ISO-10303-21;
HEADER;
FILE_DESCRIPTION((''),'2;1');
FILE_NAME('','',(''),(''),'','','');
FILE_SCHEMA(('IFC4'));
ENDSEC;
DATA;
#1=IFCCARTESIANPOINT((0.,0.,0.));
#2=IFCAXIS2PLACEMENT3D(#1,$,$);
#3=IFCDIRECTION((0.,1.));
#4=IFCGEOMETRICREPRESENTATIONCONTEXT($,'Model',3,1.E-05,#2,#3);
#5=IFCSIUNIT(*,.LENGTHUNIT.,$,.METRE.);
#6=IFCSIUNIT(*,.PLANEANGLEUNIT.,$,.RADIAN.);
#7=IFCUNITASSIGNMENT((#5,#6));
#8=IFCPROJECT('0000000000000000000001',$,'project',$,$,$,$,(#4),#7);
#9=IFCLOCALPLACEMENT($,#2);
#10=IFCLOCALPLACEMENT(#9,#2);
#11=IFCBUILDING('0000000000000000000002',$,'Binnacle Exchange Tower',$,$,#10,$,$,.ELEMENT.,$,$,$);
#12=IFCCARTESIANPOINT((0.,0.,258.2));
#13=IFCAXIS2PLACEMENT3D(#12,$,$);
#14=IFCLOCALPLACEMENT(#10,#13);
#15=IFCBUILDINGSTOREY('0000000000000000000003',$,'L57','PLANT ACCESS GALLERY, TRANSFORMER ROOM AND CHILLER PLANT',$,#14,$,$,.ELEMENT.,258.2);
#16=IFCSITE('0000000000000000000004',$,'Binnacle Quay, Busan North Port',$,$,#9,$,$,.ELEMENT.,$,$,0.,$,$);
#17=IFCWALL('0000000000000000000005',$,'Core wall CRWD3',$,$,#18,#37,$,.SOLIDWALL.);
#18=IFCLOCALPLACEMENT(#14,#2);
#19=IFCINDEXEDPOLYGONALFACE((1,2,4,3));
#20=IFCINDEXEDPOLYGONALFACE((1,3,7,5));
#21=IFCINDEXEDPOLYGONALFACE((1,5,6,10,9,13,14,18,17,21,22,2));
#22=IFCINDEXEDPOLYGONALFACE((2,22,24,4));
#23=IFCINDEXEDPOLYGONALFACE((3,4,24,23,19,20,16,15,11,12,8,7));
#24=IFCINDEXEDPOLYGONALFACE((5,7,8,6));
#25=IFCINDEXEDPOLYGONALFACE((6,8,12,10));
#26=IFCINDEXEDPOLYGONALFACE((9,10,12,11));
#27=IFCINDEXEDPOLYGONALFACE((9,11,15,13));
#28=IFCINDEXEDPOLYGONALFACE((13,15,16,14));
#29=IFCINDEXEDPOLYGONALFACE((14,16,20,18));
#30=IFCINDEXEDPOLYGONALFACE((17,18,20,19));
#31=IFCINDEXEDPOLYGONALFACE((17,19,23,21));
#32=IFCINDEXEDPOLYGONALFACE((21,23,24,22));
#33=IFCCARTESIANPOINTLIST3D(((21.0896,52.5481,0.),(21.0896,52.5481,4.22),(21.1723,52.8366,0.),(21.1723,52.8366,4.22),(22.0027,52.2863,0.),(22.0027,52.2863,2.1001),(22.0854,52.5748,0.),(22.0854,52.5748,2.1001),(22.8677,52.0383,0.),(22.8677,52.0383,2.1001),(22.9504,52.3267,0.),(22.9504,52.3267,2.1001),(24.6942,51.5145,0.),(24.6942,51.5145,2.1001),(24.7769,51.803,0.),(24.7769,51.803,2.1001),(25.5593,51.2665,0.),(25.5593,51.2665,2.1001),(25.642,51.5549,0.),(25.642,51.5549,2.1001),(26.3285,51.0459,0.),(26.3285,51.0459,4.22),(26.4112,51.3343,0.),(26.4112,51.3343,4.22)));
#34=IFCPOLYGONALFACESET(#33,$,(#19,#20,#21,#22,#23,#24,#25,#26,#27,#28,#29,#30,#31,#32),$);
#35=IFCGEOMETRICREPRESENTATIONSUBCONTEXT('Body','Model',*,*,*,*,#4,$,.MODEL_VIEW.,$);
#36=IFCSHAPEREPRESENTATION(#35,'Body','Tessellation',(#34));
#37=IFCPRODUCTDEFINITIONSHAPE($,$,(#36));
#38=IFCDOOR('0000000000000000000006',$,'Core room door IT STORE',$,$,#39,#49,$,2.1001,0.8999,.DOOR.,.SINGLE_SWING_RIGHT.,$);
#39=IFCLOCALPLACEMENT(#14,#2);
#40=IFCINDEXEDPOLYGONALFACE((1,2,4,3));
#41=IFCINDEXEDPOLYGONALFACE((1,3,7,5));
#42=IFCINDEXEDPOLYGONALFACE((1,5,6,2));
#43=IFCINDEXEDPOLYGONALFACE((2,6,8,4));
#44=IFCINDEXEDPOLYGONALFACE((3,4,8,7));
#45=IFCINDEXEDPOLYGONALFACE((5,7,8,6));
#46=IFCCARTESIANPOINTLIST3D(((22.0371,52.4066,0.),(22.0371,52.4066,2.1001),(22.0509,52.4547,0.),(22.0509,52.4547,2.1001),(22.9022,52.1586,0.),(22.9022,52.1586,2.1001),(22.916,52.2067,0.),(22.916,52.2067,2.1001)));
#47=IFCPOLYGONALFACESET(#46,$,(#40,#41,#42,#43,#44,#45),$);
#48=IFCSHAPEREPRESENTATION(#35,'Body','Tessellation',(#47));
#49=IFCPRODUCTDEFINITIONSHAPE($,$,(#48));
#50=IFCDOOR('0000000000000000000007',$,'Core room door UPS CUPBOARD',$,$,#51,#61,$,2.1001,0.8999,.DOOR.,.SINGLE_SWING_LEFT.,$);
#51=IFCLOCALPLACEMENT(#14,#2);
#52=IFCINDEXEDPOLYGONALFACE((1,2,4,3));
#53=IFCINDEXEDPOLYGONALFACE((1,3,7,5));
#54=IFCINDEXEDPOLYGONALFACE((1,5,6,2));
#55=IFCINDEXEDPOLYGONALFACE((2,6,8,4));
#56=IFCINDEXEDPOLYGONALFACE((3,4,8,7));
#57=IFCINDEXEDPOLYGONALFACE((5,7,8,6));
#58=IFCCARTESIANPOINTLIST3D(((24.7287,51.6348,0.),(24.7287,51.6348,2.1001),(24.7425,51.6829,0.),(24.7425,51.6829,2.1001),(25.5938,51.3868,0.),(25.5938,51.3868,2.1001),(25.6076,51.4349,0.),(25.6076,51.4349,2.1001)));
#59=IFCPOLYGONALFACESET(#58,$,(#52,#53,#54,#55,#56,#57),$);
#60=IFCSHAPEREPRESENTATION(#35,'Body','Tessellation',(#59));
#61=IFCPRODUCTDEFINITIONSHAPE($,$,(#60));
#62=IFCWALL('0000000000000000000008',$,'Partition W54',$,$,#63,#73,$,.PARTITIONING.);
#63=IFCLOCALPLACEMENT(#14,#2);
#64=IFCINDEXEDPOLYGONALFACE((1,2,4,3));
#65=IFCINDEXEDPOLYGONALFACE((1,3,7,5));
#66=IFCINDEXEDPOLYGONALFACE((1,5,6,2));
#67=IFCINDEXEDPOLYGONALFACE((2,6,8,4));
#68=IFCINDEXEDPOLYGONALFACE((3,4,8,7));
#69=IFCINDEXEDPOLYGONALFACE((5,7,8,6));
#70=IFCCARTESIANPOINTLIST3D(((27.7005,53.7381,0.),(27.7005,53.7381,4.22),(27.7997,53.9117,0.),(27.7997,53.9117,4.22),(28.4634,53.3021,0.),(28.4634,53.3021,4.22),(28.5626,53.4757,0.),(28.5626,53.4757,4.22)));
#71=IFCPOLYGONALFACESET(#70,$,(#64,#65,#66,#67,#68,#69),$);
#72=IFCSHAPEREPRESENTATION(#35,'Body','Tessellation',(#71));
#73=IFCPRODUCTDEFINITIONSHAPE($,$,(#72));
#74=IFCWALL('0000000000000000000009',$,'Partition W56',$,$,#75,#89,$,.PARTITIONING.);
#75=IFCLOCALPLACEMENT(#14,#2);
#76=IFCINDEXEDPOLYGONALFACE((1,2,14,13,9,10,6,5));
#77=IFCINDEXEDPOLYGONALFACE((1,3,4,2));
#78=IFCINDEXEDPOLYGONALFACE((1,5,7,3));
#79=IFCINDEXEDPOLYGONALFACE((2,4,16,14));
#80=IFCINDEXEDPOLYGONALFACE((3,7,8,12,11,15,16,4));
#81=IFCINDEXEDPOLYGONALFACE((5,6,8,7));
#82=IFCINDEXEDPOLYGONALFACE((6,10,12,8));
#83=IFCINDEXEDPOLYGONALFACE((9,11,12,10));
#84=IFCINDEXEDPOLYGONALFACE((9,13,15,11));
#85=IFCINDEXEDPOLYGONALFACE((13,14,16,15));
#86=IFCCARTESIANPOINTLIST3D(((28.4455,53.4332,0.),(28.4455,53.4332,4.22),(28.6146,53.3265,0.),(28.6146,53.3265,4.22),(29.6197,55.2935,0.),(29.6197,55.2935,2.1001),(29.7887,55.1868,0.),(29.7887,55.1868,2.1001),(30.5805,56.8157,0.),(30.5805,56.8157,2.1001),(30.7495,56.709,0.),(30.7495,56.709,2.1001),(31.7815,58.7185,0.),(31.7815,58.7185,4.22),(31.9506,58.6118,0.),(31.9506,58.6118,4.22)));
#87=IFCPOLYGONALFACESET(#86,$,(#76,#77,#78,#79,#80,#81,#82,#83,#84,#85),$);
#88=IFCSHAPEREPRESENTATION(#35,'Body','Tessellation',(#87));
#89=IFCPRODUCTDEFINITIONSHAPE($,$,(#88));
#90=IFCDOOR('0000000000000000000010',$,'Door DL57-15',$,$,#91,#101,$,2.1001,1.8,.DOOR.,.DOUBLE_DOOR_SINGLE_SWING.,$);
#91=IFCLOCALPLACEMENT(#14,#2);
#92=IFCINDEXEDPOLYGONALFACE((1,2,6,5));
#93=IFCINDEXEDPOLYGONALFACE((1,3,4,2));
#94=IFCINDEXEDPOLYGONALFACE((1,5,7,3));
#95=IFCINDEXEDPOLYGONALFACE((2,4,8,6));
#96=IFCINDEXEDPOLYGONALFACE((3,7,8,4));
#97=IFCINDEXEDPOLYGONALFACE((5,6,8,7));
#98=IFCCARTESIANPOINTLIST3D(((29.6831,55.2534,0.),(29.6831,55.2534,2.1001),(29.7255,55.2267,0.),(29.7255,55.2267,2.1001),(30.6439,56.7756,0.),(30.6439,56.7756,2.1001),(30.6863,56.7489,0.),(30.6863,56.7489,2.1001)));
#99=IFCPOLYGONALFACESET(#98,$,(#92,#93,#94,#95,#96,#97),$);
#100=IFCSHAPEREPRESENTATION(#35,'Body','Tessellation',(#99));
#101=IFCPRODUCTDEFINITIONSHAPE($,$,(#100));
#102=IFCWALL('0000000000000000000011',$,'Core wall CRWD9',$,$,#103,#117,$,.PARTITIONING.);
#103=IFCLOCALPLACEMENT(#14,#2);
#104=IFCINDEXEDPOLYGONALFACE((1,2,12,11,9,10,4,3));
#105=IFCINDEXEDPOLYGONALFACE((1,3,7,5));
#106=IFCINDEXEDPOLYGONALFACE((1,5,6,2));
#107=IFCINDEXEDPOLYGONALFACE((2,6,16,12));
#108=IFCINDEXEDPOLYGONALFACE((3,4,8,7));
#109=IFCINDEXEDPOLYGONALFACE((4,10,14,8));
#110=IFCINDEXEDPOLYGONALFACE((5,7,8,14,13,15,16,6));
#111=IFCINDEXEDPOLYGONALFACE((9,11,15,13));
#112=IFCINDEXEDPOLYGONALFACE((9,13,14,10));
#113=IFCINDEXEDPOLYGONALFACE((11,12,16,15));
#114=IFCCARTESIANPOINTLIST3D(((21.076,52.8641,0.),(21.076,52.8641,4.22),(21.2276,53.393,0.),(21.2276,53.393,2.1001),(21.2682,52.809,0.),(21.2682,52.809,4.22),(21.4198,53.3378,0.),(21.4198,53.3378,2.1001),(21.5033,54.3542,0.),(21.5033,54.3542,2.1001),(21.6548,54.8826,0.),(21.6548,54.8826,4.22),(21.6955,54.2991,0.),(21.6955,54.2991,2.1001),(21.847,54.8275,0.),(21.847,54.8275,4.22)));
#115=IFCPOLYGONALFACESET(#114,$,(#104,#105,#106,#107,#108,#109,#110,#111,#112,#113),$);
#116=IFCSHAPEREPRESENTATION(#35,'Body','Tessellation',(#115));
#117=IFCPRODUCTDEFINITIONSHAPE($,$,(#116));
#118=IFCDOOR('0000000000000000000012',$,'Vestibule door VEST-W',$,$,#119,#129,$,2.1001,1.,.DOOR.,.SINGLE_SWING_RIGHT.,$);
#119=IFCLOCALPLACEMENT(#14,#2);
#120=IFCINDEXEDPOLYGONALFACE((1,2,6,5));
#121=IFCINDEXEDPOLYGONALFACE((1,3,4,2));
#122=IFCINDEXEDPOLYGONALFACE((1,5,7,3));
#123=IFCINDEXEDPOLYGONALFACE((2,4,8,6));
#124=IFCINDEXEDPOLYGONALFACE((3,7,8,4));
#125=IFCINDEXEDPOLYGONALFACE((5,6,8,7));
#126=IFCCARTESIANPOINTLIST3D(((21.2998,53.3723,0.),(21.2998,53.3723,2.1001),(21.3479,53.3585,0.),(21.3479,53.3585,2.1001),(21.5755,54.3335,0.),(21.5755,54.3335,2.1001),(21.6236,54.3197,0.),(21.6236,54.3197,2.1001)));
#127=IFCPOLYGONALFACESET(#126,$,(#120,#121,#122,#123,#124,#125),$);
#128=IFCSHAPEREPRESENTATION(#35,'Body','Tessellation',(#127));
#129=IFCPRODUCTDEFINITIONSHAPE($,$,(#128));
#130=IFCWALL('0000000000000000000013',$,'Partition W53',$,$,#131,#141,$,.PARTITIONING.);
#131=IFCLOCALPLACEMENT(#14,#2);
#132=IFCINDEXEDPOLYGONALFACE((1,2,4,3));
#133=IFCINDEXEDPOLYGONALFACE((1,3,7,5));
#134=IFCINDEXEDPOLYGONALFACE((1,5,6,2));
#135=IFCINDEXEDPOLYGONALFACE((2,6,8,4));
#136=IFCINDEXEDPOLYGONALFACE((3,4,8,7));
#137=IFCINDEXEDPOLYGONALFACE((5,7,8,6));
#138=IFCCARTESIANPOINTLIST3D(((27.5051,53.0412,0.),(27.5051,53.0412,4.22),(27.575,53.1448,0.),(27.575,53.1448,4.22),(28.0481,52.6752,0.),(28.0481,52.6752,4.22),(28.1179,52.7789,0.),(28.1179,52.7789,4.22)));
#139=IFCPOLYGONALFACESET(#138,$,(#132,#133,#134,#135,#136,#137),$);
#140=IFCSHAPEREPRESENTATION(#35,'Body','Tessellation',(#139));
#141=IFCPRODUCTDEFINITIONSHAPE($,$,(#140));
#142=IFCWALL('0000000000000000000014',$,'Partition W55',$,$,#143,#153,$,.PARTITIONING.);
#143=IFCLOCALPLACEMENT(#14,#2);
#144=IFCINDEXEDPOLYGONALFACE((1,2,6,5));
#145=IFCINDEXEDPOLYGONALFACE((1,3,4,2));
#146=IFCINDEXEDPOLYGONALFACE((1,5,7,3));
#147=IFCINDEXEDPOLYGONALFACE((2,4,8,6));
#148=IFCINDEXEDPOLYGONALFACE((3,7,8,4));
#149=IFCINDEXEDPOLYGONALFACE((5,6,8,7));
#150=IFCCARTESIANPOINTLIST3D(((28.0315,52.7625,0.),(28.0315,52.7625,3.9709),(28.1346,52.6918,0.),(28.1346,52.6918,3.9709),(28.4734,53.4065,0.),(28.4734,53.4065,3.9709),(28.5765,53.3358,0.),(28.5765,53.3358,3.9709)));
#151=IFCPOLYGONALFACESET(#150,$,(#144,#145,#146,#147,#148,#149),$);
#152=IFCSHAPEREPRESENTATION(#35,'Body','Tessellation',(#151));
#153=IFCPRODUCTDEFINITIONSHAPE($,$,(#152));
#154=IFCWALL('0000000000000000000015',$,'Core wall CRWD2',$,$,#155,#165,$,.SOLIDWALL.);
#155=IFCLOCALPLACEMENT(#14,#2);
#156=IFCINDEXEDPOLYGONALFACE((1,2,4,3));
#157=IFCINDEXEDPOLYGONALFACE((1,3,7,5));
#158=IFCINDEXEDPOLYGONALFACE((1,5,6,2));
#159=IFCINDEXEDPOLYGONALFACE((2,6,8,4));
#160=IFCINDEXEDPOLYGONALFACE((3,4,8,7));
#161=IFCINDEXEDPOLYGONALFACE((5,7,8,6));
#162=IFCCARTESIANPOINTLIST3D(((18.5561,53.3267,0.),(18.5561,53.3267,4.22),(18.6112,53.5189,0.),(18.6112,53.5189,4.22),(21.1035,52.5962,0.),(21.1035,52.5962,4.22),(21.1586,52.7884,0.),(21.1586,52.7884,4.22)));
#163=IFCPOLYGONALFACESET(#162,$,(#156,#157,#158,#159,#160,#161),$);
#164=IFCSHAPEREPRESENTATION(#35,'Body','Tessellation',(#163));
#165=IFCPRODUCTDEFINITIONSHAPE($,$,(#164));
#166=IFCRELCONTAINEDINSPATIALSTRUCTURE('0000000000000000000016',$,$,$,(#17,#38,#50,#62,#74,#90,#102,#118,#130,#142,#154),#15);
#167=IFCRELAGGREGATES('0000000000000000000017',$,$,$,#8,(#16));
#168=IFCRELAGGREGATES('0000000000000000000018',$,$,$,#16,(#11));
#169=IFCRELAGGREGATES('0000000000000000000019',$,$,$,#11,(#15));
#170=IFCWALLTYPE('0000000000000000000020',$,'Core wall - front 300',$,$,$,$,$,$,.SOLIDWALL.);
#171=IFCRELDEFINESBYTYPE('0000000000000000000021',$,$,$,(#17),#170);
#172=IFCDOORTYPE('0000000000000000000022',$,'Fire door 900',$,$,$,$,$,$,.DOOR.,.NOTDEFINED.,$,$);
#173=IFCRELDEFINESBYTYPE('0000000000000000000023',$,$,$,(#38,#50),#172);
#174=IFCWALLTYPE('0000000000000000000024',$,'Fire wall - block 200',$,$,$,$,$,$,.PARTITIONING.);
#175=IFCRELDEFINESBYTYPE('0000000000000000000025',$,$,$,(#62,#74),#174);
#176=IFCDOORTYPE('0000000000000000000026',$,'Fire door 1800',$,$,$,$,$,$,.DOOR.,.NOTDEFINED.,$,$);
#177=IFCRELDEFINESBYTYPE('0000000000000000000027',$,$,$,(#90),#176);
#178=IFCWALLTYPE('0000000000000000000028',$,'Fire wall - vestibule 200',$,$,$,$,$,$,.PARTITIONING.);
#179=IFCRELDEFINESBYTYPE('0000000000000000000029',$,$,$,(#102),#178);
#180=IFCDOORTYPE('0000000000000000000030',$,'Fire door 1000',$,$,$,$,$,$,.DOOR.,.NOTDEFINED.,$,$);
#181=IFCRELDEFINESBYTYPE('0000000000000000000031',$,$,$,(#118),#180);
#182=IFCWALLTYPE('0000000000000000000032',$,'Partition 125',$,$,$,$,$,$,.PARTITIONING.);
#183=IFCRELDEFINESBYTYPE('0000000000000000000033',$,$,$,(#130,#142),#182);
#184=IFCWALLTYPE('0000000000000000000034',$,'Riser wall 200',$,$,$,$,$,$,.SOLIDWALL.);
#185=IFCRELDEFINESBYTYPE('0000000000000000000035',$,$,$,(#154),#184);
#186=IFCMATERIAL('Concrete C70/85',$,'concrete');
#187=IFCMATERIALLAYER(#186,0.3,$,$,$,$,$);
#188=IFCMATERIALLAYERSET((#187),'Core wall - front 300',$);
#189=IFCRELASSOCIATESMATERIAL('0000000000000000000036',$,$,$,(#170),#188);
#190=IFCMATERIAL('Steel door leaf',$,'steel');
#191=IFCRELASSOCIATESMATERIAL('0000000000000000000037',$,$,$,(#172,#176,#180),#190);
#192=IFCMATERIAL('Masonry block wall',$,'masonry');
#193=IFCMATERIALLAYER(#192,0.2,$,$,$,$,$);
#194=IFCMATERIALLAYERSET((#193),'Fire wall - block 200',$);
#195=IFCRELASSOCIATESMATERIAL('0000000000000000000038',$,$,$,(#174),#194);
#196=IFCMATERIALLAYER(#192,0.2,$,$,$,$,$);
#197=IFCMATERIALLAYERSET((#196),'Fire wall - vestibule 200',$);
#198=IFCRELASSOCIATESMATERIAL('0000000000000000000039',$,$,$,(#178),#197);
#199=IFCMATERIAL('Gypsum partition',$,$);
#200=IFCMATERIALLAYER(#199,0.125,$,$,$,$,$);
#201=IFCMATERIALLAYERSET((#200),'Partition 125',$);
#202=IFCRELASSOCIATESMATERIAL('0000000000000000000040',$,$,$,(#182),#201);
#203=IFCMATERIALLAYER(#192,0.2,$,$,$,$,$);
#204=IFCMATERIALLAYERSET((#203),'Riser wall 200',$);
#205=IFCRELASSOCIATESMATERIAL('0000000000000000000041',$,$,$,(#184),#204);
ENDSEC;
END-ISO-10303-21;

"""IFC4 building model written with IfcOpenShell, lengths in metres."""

from ifc_helpers import new_model, si_unit, direction, frame, frame_2d, origin, place, context, subcontext, project, spatial, rectangle, extrude, material, layer, layer_set, type_object, element, fill, save


model = new_model("IFC4")

# Units and contexts
model_context = context("Model", 3, precision=1e-05, world=origin(), true_north=direction((0.0, 1.0)))
body_context = subcontext(model_context, "Body", "Model", "MODEL_VIEW")
ifc_project = project(units=[si_unit("LENGTHUNIT", "METRE"), si_unit("PLANEANGLEUNIT", "RADIAN")], contexts=[model_context])

# Site, building, storey
site_placement = place(None, origin())
site = spatial("IfcSite", under=ifc_project, at=site_placement, Name="Binnacle Quay, Busan North Port", CompositionType="ELEMENT", RefElevation=0.0)
building_placement = place(site_placement, origin())
building = spatial("IfcBuilding", under=site, at=building_placement, Name="Binnacle Exchange Tower", CompositionType="ELEMENT")
storey_placement = place(building_placement, frame((0.0, 0.0, 258.2)))
storey = spatial("IfcBuildingStorey", under=building, at=storey_placement, Name="L57", Description="PLANT ACCESS GALLERY, TRANSFORMER ROOM AND CHILLER PLANT", CompositionType="ELEMENT", Elevation=258.2)

# Wall, openings, doors
ifc_material_1 = material(Name="Concrete C70/85", Category="concrete")
ifc_layer_1 = layer(ifc_material_1, 0.3)
ifc_layer_set_1 = layer_set([ifc_layer_1], Name="Core wall - front 300")
wall_type_1 = type_object("IfcWallType", Name="Core wall - front 300", PredefinedType="SOLIDWALL", material=ifc_layer_set_1)
wall_1_placement = place(storey_placement, frame((21.1309, 52.6924, 0.0), z_axis=(0.0, 0.0, 1.0), x_axis=(0.961261, -0.275638, 0.0)))
wall_1 = element("IfcWall", 1, at=wall_1_placement, inside=storey, type_object=wall_type_1, Name="Core wall CRWD3", PredefinedType="SOLIDWALL", context=body_context, shape_type="SweptSolid", body=[
    extrude(rectangle(XDim=5.45, YDim=0.3, at=frame_2d((2.7251, 0.0))), origin(), (0.0, 0.0, 1.0), 4.22),
])
opening_1_placement = place(wall_1_placement, frame((0.95, 0.0, 0.0)))
opening_1 = element("IfcOpeningElement", 2, at=opening_1_placement, cuts=wall_1, PredefinedType="OPENING", context=body_context, shape_type="SweptSolid", body=[
    extrude(rectangle(XDim=0.8999, YDim=2.1001, at=frame_2d((0.45, 1.05))), frame((0.0, 0.1599, 0.0), z_axis=(0.0, -1.0, 0.0), x_axis=(1.0, 0.0, 0.0)), (0.0, 0.0, 1.0), 0.3201),
])
opening_2_placement = place(wall_1_placement, frame((3.75, 0.0, 0.0)))
opening_2 = element("IfcOpeningElement", 3, at=opening_2_placement, cuts=wall_1, PredefinedType="OPENING", context=body_context, shape_type="SweptSolid", body=[
    extrude(rectangle(XDim=0.8999, YDim=2.1001, at=frame_2d((0.45, 1.05))), frame((0.0, 0.1599, 0.0), z_axis=(0.0, -1.0, 0.0), x_axis=(1.0, 0.0, 0.0)), (0.0, 0.0, 1.0), 0.3201),
])
ifc_material_2 = material(Name="Steel door leaf", Category="steel")
door_type_1 = type_object("IfcDoorType", Name="Fire door 900", OperationType="NOTDEFINED", PredefinedType="DOOR", material=ifc_material_2)
door_1_placement = place(opening_1_placement, frame((0.8999, 0.0, 0.0), z_axis=(0.0, 0.0, 1.0), x_axis=(-1.0, 0.0, 0.0)))
door_1 = element("IfcDoor", 4, at=door_1_placement, inside=storey, type_object=door_type_1, Name="Core room door IT STORE", OperationType="SINGLE_SWING_RIGHT", OverallHeight=2.1001, OverallWidth=0.8999, PredefinedType="DOOR", context=body_context, shape_type="SweptSolid", body=[
    extrude(rectangle(XDim=0.8999, YDim=2.1001, at=frame_2d((0.45, 1.05))), frame((0.0, 0.0249, 0.0), z_axis=(0.0, -1.0, 0.0), x_axis=(1.0, 0.0, 0.0)), (0.0, 0.0, 1.0), 0.05),
])
fill(opening_1, door_1)
door_2_placement = place(opening_2_placement, frame((0.8999, 0.0, 0.0), z_axis=(0.0, 0.0, 1.0), x_axis=(-1.0, 0.0, 0.0)))
door_2 = element("IfcDoor", 5, at=door_2_placement, inside=storey, type_object=door_type_1, Name="Core room door UPS CUPBOARD", OperationType="SINGLE_SWING_LEFT", OverallHeight=2.1001, OverallWidth=0.8999, PredefinedType="DOOR", context=body_context, shape_type="SweptSolid", body=[
    extrude(rectangle(XDim=0.8999, YDim=2.1001, at=frame_2d((0.45, 1.05))), frame((0.0, 0.0249, 0.0), z_axis=(0.0, -1.0, 0.0), x_axis=(1.0, 0.0, 0.0)), (0.0, 0.0, 1.0), 0.05),
])
fill(opening_2, door_2)

# Wall
ifc_material_3 = material(Name="Masonry block wall", Category="masonry")
ifc_layer_2 = layer(ifc_material_3, 0.2)
ifc_layer_set_2 = layer_set([ifc_layer_2], Name="Fire wall - block 200")
wall_type_2 = type_object("IfcWallType", Name="Fire wall - block 200", PredefinedType="PARTITIONING", material=ifc_layer_set_2)
wall_2_placement = place(storey_placement, frame((27.75, 53.825, 0.0), z_axis=(0.0, 0.0, 1.0), x_axis=(0.868209, -0.496199, 0.0)))
element("IfcWall", 6, at=wall_2_placement, inside=storey, type_object=wall_type_2, Name="Partition W54", PredefinedType="PARTITIONING", context=body_context, shape_type="SweptSolid", body=[
    extrude(rectangle(XDim=0.8787, YDim=0.2, at=frame_2d((0.4395, 0.0))), origin(), (0.0, 0.0, 1.0), 4.22),
])

# Walls, openings, doors
wall_3_placement = place(storey_placement, frame((28.53, 53.3799, 0.0), z_axis=(0.0, 0.0, 1.0), x_axis=(0.533758, 0.845637, 0.0)))
wall_3 = element("IfcWall", 7, at=wall_3_placement, inside=storey, type_object=wall_type_2, Name="Partition W56", PredefinedType="PARTITIONING", context=body_context, shape_type="SweptSolid", body=[
    extrude(rectangle(XDim=6.25, YDim=0.2, at=frame_2d((3.125, 0.0))), origin(), (0.0, 0.0, 1.0), 4.22),
])
opening_3_placement = place(wall_3_placement, frame((2.2, 0.0, 0.0)))
opening_3 = element("IfcOpeningElement", 8, at=opening_3_placement, cuts=wall_3, PredefinedType="OPENING", context=body_context, shape_type="SweptSolid", body=[
    extrude(rectangle(XDim=1.8, YDim=2.1001, at=frame_2d((0.8999, 1.05))), frame((0.0, 0.1099, 0.0), z_axis=(0.0, -1.0, 0.0), x_axis=(1.0, 0.0, 0.0)), (0.0, 0.0, 1.0), 0.22),
])
door_type_2 = type_object("IfcDoorType", Name="Fire door 1800", OperationType="NOTDEFINED", PredefinedType="DOOR", material=ifc_material_2)
door_3_placement = place(opening_3_placement, origin())
door_3 = element("IfcDoor", 9, at=door_3_placement, inside=storey, type_object=door_type_2, Name="Door DL57-15", OperationType="DOUBLE_DOOR_SINGLE_SWING", OverallHeight=2.1001, OverallWidth=1.8, PredefinedType="DOOR", context=body_context, shape_type="SweptSolid", body=[
    extrude(rectangle(XDim=1.8, YDim=2.1001, at=frame_2d((0.8999, 1.05))), frame((0.0, 0.0249, 0.0), z_axis=(0.0, -1.0, 0.0), x_axis=(1.0, 0.0, 0.0)), (0.0, 0.0, 1.0), 0.05),
])
fill(opening_3, door_3)
ifc_layer_3 = layer(ifc_material_3, 0.2)
ifc_layer_set_3 = layer_set([ifc_layer_3], Name="Fire wall - vestibule 200")
wall_type_3 = type_object("IfcWallType", Name="Fire wall - vestibule 200", PredefinedType="PARTITIONING", material=ifc_layer_set_3)
wall_4_placement = place(storey_placement, frame((21.1721, 52.8367, 0.0), z_axis=(0.0, 0.0, 1.0), x_axis=(0.275658, 0.961256, 0.0)))
wall_4 = element("IfcWall", 10, at=wall_4_placement, inside=storey, type_object=wall_type_3, Name="Core wall CRWD9", PredefinedType="PARTITIONING", context=body_context, shape_type="SweptSolid", body=[
    extrude(rectangle(XDim=2.0999, YDim=0.2, at=frame_2d((1.0498, 0.0))), origin(), (0.0, 0.0, 1.0), 4.22),
])
opening_4_placement = place(wall_4_placement, frame((0.55, 0.0, 0.0)))
opening_4 = element("IfcOpeningElement", 11, at=opening_4_placement, cuts=wall_4, PredefinedType="OPENING", context=body_context, shape_type="SweptSolid", body=[
    extrude(rectangle(XDim=1.0, YDim=2.1001, at=frame_2d((0.5, 1.05))), frame((0.0, 0.1099, 0.0), z_axis=(0.0, -1.0, 0.0), x_axis=(1.0, 0.0, 0.0)), (0.0, 0.0, 1.0), 0.22),
])
door_type_3 = type_object("IfcDoorType", Name="Fire door 1000", OperationType="NOTDEFINED", PredefinedType="DOOR", material=ifc_material_2)
door_4_placement = place(opening_4_placement, origin())
door_4 = element("IfcDoor", 12, at=door_4_placement, inside=storey, type_object=door_type_3, Name="Vestibule door VEST-W", OperationType="SINGLE_SWING_RIGHT", OverallHeight=2.1001, OverallWidth=1.0, PredefinedType="DOOR", context=body_context, shape_type="SweptSolid", body=[
    extrude(rectangle(XDim=1.0, YDim=2.1001, at=frame_2d((0.5, 1.05))), frame((0.0, 0.0249, 0.0), z_axis=(0.0, -1.0, 0.0), x_axis=(1.0, 0.0, 0.0)), (0.0, 0.0, 1.0), 0.05),
])
fill(opening_4, door_4)

# Walls
ifc_material_4 = material(Name="Gypsum partition")
ifc_layer_4 = layer(ifc_material_4, 0.125)
ifc_layer_set_4 = layer_set([ifc_layer_4], Name="Partition 125")
wall_type_4 = type_object("IfcWallType", Name="Partition 125", PredefinedType="PARTITIONING", material=ifc_layer_set_4)
wall_5_placement = place(storey_placement, frame((27.54, 53.093, 0.0), z_axis=(0.0, 0.0, 1.0), x_axis=(0.829229, -0.558909, 0.0)))
element("IfcWall", 13, at=wall_5_placement, inside=storey, type_object=wall_type_4, Name="Partition W53", PredefinedType="PARTITIONING", context=body_context, shape_type="SweptSolid", body=[
    extrude(rectangle(XDim=0.6548, YDim=0.125, at=frame_2d((0.3274, 0.0))), origin(), (0.0, 0.0, 1.0), 4.22),
])
wall_6_placement = place(storey_placement, frame((28.083, 52.7271, 0.0), z_axis=(0.0, 0.0, 1.0), x_axis=(0.565759, 0.824571, 0.0)))
element("IfcWall", 14, at=wall_6_placement, inside=storey, type_object=wall_type_4, Name="Partition W55", PredefinedType="PARTITIONING", context=body_context, shape_type="SweptSolid", body=[
    extrude(rectangle(XDim=0.781, YDim=0.125, at=frame_2d((0.3906, 0.0))), origin(), (0.0, 0.0, 1.0), 3.9709),
])
ifc_layer_5 = layer(ifc_material_3, 0.2)
ifc_layer_set_5 = layer_set([ifc_layer_5], Name="Riser wall 200")
wall_type_5 = type_object("IfcWallType", Name="Riser wall 200", PredefinedType="SOLIDWALL", material=ifc_layer_set_5)
wall_7_placement = place(storey_placement, frame((18.5835, 53.4229, 0.0), z_axis=(0.0, 0.0, 1.0), x_axis=(0.961259, -0.275646, 0.0)))
element("IfcWall", 15, at=wall_7_placement, inside=storey, type_object=wall_type_5, Name="Core wall CRWD2", PredefinedType="SOLIDWALL", context=body_context, shape_type="SweptSolid", body=[
    extrude(rectangle(XDim=2.6501, YDim=0.2, at=frame_2d((1.3252, 0.0))), origin(), (0.0, 0.0, 1.0), 4.22),
])

save(model, "model.ifc")
